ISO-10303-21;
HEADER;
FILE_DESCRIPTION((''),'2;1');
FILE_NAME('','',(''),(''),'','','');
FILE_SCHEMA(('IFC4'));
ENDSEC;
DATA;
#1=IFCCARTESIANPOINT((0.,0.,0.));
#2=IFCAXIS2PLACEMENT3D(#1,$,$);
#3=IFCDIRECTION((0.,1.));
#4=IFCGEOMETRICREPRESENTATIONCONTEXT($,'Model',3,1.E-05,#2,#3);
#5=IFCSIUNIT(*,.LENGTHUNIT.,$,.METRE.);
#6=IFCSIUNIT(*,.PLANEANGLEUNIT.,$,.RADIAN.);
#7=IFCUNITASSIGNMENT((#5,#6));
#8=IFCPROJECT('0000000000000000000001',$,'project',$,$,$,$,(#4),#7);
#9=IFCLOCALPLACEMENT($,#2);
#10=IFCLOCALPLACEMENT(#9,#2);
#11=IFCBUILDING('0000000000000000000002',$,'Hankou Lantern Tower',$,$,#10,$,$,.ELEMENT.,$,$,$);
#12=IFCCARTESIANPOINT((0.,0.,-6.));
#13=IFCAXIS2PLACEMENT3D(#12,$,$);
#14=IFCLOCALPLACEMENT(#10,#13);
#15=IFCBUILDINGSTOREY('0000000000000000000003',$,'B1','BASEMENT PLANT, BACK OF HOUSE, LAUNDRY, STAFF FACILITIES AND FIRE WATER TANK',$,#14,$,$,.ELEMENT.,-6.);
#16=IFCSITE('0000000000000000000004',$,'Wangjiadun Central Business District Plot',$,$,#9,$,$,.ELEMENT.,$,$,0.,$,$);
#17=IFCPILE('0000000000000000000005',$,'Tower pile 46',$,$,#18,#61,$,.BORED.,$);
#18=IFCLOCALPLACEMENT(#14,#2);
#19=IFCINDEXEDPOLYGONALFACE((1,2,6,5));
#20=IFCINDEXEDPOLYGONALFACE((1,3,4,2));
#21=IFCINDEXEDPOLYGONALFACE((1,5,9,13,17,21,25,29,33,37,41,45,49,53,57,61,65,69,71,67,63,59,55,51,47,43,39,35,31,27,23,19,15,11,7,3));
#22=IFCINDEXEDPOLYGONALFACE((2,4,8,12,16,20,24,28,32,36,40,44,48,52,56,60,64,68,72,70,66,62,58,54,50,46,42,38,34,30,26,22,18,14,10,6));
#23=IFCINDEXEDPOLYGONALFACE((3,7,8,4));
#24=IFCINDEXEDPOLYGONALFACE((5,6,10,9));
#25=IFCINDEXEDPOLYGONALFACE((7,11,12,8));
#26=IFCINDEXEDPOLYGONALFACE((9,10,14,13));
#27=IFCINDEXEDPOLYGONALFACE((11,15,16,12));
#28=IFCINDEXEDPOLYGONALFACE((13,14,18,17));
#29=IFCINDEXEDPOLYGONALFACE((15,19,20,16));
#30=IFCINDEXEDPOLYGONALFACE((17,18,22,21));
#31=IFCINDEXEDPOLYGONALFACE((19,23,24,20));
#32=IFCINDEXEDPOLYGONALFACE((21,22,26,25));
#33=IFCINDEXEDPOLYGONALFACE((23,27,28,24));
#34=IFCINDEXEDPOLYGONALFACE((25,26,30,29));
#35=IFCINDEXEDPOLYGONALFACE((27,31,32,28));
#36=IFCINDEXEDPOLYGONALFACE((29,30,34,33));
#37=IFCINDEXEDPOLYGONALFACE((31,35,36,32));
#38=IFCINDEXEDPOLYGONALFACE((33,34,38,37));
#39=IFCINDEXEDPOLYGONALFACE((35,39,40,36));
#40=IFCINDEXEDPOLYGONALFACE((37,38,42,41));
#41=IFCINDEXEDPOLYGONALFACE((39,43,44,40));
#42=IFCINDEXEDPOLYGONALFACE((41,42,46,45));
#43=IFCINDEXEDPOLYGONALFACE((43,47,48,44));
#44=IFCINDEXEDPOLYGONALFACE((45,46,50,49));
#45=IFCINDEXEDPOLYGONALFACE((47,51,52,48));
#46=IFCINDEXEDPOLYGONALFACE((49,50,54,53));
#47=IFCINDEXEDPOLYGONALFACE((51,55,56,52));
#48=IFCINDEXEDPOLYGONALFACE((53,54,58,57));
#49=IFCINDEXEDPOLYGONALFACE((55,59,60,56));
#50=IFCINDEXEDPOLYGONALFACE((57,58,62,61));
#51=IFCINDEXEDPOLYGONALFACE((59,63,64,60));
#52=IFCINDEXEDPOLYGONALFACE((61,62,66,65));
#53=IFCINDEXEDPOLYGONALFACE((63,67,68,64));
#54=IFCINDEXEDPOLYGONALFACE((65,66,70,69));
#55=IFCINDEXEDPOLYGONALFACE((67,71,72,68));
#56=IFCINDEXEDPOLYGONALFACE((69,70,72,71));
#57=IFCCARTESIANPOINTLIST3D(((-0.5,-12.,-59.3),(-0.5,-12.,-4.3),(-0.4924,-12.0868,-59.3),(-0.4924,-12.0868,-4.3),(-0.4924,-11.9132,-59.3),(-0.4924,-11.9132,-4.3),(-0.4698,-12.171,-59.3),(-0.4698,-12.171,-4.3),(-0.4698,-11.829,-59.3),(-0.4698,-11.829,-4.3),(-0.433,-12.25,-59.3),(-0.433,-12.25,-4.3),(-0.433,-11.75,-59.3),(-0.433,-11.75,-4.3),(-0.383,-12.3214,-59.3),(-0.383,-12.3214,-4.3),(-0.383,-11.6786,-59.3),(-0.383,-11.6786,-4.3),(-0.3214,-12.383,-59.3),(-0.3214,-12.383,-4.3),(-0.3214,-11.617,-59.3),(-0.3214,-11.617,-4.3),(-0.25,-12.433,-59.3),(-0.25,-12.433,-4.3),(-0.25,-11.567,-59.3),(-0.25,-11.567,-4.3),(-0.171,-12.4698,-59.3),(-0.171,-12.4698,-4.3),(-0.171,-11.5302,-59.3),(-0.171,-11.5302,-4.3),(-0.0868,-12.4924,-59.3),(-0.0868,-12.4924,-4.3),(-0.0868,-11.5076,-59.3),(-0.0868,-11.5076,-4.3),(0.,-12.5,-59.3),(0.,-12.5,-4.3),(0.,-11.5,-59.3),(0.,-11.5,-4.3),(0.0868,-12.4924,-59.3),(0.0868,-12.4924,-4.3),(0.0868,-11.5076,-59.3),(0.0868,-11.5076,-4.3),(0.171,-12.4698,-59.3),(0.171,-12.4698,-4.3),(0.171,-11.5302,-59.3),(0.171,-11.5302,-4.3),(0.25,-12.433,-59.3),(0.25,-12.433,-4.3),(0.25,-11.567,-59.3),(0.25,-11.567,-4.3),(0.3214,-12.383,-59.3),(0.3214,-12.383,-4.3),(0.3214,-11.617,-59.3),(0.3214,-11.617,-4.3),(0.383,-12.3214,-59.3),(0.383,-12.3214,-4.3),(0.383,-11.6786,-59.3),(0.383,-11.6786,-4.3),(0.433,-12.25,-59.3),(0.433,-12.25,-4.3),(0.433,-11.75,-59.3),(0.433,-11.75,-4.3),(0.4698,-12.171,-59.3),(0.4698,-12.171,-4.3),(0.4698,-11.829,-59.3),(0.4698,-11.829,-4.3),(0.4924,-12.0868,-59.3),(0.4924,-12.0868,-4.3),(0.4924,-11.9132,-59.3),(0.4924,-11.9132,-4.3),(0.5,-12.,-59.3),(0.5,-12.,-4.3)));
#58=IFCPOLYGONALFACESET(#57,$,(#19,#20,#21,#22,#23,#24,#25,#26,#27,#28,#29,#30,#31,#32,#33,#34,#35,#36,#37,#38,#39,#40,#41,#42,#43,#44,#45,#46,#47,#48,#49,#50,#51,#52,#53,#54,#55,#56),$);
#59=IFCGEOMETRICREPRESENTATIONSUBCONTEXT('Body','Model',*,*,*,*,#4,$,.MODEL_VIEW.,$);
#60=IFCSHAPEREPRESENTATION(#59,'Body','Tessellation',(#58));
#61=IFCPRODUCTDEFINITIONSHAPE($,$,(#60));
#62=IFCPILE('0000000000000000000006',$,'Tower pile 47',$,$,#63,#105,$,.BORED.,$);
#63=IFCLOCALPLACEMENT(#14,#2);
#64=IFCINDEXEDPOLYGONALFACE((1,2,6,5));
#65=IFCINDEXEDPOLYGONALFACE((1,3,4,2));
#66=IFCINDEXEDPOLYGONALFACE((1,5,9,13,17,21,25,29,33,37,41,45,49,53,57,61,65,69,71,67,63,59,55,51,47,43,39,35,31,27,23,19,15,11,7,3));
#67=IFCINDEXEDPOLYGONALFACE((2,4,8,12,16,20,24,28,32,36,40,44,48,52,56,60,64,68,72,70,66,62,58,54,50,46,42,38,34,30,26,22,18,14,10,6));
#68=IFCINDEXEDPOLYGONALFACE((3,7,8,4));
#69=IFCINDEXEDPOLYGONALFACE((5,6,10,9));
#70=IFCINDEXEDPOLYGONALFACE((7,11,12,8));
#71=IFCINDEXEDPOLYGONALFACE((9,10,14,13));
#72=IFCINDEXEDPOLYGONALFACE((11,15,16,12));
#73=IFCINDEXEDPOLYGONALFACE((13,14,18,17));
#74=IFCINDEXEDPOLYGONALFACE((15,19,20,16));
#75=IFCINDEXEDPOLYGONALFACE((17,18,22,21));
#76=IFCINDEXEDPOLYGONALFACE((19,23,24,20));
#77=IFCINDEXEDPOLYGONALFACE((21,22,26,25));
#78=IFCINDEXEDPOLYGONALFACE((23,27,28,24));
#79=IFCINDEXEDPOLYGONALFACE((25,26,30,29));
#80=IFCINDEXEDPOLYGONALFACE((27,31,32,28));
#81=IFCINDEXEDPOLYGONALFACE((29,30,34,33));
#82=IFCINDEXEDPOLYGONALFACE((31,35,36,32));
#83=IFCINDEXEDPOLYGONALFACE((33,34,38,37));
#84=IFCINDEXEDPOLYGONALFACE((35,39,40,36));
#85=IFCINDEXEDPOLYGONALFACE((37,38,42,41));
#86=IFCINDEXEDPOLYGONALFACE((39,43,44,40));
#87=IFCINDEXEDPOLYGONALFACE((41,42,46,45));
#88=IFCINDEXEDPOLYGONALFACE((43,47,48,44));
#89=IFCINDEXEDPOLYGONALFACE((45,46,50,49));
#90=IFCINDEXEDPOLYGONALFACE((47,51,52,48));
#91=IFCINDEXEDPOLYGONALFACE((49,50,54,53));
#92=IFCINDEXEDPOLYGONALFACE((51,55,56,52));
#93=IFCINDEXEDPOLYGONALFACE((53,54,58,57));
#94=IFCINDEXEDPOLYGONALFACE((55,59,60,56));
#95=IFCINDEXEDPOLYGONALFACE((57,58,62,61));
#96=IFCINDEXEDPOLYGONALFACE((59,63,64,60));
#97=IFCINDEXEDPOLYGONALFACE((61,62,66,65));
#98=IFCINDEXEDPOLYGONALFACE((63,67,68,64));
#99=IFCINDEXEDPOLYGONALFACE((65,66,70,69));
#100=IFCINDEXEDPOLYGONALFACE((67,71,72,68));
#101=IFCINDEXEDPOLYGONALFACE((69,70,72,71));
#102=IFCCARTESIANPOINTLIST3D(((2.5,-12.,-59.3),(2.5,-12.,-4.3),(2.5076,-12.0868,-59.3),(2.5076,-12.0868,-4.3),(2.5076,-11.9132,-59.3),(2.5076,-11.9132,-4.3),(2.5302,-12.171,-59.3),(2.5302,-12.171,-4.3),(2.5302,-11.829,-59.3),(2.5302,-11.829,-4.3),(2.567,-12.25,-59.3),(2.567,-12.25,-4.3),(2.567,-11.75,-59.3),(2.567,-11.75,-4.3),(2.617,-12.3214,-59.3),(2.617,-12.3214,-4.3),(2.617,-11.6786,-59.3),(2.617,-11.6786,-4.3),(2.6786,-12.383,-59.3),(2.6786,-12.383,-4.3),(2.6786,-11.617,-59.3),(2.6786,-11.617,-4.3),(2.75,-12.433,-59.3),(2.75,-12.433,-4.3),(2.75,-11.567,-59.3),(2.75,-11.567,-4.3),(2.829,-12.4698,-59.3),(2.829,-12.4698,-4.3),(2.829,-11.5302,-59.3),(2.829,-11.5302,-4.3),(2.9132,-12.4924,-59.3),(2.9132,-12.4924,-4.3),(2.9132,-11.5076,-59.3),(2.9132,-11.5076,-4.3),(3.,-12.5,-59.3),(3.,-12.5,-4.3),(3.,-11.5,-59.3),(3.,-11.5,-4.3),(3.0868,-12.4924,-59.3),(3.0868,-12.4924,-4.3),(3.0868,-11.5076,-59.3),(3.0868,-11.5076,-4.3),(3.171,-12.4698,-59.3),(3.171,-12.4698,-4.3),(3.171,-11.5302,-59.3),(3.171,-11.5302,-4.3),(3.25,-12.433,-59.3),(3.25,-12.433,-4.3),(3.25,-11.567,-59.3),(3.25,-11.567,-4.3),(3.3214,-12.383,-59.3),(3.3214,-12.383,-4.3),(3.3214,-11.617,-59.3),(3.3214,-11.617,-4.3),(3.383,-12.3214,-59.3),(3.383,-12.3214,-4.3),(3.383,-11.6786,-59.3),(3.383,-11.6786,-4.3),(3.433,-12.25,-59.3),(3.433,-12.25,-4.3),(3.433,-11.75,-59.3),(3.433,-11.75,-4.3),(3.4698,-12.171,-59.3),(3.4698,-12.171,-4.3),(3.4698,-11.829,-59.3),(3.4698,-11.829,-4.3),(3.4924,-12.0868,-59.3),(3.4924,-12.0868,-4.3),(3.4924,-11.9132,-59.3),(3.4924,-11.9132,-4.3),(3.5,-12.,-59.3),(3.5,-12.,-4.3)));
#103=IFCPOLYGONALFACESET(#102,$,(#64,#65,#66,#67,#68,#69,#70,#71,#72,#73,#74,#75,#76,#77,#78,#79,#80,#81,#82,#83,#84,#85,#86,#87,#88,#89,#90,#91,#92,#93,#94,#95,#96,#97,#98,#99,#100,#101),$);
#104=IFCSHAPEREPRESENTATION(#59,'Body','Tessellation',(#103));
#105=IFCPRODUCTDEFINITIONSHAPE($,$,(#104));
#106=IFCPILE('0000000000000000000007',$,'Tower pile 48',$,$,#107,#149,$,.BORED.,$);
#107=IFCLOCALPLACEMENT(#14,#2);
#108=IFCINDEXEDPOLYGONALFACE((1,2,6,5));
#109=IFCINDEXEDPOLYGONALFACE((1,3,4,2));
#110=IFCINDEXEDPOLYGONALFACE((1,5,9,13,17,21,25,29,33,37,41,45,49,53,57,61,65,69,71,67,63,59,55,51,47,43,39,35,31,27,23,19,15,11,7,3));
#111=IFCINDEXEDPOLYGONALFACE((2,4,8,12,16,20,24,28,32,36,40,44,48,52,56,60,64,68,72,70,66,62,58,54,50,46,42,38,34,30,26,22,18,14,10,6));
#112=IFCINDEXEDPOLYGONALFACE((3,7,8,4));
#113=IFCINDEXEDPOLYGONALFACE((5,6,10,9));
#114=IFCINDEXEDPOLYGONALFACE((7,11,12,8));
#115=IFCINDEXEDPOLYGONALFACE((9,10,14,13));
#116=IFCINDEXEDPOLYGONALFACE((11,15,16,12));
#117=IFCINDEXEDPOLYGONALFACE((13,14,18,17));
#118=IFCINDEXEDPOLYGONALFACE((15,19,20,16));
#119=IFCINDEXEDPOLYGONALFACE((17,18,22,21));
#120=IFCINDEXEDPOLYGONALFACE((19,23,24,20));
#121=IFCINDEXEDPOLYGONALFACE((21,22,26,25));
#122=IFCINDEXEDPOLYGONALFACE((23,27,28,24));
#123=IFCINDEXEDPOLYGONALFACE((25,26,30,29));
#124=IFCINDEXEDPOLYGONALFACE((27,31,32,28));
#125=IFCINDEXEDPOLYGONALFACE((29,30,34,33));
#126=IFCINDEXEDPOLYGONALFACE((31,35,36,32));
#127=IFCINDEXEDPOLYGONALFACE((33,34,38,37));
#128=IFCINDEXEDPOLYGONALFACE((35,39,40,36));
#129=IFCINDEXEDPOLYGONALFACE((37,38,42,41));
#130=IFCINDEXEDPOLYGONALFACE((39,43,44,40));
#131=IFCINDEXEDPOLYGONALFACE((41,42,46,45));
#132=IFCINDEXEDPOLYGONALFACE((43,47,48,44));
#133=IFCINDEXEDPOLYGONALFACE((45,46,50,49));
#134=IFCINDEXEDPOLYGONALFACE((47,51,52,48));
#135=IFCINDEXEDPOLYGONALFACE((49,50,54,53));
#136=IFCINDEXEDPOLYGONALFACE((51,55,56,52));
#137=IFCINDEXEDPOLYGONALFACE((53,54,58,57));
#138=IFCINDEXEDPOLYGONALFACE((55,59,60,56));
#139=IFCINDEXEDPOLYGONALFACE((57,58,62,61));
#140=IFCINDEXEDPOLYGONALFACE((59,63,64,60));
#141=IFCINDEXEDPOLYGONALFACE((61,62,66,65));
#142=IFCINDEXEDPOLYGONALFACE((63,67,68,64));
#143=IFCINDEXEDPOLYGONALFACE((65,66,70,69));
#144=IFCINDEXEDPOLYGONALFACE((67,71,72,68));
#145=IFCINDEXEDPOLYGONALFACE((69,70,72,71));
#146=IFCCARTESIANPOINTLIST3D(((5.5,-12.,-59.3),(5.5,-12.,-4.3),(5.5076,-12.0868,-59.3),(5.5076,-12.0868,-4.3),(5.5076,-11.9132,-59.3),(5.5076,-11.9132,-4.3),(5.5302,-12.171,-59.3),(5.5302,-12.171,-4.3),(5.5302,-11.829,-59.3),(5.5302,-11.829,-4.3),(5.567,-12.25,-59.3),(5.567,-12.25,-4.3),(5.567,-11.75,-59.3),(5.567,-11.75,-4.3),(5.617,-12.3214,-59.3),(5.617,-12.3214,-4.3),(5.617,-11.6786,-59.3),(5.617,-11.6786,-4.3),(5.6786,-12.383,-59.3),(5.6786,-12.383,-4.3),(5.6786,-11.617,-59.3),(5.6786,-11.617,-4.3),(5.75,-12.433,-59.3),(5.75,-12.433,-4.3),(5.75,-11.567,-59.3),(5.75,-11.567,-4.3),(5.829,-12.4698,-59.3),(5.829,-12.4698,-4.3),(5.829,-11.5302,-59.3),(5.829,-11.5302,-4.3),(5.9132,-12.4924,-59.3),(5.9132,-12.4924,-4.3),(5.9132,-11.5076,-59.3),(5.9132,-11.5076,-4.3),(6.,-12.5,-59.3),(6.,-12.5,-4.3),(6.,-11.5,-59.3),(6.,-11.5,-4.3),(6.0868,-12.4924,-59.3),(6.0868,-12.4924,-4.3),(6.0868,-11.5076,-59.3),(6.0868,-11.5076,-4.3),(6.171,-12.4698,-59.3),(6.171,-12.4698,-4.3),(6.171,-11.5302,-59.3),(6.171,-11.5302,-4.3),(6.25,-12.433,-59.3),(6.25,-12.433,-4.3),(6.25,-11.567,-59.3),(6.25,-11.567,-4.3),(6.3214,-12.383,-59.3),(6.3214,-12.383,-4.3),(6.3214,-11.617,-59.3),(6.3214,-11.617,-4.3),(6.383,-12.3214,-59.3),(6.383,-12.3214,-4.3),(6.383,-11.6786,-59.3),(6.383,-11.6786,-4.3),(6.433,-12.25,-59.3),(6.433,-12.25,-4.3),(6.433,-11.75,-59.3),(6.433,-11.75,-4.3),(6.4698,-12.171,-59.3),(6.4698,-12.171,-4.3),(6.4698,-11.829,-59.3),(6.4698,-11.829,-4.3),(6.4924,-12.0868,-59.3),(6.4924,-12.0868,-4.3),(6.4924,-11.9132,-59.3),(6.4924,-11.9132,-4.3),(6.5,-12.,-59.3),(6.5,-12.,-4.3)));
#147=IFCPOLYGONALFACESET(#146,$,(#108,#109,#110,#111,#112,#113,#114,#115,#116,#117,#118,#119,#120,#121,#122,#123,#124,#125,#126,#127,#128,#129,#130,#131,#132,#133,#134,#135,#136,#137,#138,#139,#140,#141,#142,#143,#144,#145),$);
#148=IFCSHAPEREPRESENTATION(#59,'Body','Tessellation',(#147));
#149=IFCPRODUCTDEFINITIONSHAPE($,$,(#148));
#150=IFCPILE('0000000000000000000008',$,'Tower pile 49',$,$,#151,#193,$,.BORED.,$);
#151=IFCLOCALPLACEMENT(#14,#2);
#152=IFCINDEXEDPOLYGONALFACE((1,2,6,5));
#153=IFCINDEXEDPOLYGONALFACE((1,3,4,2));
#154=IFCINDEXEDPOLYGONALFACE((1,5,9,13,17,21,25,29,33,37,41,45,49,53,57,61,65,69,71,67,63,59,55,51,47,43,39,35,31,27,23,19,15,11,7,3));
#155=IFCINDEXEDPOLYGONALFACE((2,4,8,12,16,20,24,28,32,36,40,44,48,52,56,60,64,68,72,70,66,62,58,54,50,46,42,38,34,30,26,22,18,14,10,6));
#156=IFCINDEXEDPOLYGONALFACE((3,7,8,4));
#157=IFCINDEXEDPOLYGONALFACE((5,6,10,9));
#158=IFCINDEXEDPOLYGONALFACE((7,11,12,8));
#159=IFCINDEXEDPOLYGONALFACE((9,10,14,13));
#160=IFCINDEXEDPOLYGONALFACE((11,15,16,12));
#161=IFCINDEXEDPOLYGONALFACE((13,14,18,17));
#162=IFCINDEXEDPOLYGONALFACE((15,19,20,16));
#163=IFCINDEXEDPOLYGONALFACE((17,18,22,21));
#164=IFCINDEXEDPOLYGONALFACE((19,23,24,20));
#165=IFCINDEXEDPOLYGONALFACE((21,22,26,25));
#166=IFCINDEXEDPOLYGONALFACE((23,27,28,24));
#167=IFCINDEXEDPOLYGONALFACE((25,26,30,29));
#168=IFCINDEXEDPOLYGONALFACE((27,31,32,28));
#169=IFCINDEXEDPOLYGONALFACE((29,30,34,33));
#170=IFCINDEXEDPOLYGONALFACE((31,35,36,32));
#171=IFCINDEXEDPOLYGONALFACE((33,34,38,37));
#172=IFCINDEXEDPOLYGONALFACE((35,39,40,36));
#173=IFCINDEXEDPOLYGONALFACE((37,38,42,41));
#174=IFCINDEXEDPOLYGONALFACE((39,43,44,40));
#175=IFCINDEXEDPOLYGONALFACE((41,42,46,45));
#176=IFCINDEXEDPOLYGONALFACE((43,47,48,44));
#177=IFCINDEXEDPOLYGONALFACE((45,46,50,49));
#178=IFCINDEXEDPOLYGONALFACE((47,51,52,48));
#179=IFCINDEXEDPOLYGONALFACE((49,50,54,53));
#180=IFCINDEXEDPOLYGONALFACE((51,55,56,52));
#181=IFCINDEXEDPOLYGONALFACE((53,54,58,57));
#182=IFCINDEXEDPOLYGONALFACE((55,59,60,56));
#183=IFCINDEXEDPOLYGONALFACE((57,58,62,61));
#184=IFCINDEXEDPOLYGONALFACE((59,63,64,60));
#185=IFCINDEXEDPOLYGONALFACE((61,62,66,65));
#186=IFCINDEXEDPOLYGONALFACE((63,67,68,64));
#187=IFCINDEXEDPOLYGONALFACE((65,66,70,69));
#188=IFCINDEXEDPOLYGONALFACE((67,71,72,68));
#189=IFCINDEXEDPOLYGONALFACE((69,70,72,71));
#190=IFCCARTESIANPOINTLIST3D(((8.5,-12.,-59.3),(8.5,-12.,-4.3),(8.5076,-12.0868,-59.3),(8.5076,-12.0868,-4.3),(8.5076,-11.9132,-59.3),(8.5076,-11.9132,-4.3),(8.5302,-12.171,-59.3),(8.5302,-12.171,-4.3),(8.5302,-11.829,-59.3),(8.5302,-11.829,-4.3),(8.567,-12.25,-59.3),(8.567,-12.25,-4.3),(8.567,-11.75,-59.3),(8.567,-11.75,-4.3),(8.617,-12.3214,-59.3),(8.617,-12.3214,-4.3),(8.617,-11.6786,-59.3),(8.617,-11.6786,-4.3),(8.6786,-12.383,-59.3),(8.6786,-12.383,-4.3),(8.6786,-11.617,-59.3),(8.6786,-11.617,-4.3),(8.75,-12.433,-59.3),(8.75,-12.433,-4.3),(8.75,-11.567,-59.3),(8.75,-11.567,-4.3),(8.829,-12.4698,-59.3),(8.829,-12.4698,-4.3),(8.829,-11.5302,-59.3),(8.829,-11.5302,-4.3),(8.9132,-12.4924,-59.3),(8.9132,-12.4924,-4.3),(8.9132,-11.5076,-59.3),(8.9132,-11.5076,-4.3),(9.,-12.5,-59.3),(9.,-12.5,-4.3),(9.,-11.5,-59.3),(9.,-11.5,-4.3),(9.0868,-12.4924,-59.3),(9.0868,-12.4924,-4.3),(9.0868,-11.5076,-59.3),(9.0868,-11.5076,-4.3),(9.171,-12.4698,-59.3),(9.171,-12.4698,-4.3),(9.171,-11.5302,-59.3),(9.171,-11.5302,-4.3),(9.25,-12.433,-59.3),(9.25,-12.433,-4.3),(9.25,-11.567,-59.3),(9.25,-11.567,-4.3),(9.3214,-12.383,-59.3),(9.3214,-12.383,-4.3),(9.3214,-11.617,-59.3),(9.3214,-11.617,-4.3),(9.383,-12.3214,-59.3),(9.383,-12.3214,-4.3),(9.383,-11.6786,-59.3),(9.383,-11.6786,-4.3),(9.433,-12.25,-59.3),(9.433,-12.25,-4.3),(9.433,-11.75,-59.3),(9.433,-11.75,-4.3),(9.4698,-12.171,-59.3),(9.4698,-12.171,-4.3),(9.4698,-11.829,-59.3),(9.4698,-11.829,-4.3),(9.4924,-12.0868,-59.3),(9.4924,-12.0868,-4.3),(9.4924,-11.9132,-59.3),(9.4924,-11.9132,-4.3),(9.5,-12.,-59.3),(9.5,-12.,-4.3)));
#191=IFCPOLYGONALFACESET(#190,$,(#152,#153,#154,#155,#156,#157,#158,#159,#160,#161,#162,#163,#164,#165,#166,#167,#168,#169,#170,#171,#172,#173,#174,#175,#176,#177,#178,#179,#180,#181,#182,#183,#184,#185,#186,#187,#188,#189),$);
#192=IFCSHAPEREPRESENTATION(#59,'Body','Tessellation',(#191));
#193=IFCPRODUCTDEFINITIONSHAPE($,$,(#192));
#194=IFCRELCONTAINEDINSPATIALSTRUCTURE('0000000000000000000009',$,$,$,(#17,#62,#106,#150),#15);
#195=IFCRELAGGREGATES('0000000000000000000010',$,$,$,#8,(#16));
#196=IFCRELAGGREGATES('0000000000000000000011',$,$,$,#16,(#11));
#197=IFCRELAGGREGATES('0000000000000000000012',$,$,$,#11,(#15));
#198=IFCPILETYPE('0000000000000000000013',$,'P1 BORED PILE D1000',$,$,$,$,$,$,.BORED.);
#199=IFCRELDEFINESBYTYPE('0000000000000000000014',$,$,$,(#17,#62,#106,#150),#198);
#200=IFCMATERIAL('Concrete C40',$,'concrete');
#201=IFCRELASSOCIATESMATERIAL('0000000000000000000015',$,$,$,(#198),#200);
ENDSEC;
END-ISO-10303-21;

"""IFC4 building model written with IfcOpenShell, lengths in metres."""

from ifc_helpers import new_model, si_unit, direction, frame, origin, origin_2d, place, context, subcontext, project, spatial, circle, extrude, material, material_profile, profile_set, type_object, element, save


model = new_model("IFC4")

# Units and contexts
model_context = context("Model", 3, precision=1e-05, world=origin(), true_north=direction((0.0, 1.0)))
body_context = subcontext(model_context, "Body", "Model", "MODEL_VIEW")
ifc_project = project(units=[si_unit("LENGTHUNIT", "METRE"), si_unit("PLANEANGLEUNIT", "RADIAN")], contexts=[model_context])

# Site, building, storey
site_placement = place(None, origin())
site = spatial("IfcSite", under=ifc_project, at=site_placement, Name="Wangjiadun Central Business District Plot", CompositionType="ELEMENT", RefElevation=0.0)
building_placement = place(site_placement, origin())
building = spatial("IfcBuilding", under=site, at=building_placement, Name="Hankou Lantern Tower", CompositionType="ELEMENT")
storey_placement = place(building_placement, frame((0.0, 0.0, -6.0)))
storey = spatial("IfcBuildingStorey", under=building, at=storey_placement, Name="B1", Description="BASEMENT PLANT, BACK OF HOUSE, LAUNDRY, STAFF FACILITIES AND FIRE WATER TANK", CompositionType="ELEMENT", Elevation=-6.0)

# Piles
ifc_material_1 = material(Name="Concrete C40", Category="concrete")
ifc_material_profile_1 = material_profile(ifc_material_1, circle(Radius=0.5, at=origin_2d()), Name="RC D1000")
ifc_profile_set_1 = profile_set([ifc_material_profile_1], Name="Concrete C40")
pile_type = type_object("IfcPileType", Name="P1 BORED PILE D1000", PredefinedType="BORED", material=ifc_profile_set_1)
for number, where, z_axis, x_axis, name in (
    (1, (0.0, -12.0, -4.3), (0.0, 0.0, -1.0), (1.0, 0.0, 0.0), "Tower pile 46"),
    (2, (3.0, -12.0, -4.3), (0.0, 0.0, -1.0), (1.0, 0.0, 0.0), "Tower pile 47"),
    (3, (6.0, -12.0, -4.3), (0.0, 0.0, -1.0), (1.0, 0.0, 0.0), "Tower pile 48"),
    (4, (9.0, -12.0, -4.3), (0.0, 0.0, -1.0), (1.0, 0.0, 0.0), "Tower pile 49"),
):
    element("IfcPile", number, at=place(storey_placement, frame(where, z_axis=z_axis, x_axis=x_axis)), inside=storey, type_object=pile_type, Name=name, PredefinedType="BORED", context=body_context, shape_type="SweptSolid", body=[
        extrude(circle(Radius=0.5, at=origin_2d()), origin(), (0.0, 0.0, 1.0), 55.0),
    ])

save(model, "model.ifc")
